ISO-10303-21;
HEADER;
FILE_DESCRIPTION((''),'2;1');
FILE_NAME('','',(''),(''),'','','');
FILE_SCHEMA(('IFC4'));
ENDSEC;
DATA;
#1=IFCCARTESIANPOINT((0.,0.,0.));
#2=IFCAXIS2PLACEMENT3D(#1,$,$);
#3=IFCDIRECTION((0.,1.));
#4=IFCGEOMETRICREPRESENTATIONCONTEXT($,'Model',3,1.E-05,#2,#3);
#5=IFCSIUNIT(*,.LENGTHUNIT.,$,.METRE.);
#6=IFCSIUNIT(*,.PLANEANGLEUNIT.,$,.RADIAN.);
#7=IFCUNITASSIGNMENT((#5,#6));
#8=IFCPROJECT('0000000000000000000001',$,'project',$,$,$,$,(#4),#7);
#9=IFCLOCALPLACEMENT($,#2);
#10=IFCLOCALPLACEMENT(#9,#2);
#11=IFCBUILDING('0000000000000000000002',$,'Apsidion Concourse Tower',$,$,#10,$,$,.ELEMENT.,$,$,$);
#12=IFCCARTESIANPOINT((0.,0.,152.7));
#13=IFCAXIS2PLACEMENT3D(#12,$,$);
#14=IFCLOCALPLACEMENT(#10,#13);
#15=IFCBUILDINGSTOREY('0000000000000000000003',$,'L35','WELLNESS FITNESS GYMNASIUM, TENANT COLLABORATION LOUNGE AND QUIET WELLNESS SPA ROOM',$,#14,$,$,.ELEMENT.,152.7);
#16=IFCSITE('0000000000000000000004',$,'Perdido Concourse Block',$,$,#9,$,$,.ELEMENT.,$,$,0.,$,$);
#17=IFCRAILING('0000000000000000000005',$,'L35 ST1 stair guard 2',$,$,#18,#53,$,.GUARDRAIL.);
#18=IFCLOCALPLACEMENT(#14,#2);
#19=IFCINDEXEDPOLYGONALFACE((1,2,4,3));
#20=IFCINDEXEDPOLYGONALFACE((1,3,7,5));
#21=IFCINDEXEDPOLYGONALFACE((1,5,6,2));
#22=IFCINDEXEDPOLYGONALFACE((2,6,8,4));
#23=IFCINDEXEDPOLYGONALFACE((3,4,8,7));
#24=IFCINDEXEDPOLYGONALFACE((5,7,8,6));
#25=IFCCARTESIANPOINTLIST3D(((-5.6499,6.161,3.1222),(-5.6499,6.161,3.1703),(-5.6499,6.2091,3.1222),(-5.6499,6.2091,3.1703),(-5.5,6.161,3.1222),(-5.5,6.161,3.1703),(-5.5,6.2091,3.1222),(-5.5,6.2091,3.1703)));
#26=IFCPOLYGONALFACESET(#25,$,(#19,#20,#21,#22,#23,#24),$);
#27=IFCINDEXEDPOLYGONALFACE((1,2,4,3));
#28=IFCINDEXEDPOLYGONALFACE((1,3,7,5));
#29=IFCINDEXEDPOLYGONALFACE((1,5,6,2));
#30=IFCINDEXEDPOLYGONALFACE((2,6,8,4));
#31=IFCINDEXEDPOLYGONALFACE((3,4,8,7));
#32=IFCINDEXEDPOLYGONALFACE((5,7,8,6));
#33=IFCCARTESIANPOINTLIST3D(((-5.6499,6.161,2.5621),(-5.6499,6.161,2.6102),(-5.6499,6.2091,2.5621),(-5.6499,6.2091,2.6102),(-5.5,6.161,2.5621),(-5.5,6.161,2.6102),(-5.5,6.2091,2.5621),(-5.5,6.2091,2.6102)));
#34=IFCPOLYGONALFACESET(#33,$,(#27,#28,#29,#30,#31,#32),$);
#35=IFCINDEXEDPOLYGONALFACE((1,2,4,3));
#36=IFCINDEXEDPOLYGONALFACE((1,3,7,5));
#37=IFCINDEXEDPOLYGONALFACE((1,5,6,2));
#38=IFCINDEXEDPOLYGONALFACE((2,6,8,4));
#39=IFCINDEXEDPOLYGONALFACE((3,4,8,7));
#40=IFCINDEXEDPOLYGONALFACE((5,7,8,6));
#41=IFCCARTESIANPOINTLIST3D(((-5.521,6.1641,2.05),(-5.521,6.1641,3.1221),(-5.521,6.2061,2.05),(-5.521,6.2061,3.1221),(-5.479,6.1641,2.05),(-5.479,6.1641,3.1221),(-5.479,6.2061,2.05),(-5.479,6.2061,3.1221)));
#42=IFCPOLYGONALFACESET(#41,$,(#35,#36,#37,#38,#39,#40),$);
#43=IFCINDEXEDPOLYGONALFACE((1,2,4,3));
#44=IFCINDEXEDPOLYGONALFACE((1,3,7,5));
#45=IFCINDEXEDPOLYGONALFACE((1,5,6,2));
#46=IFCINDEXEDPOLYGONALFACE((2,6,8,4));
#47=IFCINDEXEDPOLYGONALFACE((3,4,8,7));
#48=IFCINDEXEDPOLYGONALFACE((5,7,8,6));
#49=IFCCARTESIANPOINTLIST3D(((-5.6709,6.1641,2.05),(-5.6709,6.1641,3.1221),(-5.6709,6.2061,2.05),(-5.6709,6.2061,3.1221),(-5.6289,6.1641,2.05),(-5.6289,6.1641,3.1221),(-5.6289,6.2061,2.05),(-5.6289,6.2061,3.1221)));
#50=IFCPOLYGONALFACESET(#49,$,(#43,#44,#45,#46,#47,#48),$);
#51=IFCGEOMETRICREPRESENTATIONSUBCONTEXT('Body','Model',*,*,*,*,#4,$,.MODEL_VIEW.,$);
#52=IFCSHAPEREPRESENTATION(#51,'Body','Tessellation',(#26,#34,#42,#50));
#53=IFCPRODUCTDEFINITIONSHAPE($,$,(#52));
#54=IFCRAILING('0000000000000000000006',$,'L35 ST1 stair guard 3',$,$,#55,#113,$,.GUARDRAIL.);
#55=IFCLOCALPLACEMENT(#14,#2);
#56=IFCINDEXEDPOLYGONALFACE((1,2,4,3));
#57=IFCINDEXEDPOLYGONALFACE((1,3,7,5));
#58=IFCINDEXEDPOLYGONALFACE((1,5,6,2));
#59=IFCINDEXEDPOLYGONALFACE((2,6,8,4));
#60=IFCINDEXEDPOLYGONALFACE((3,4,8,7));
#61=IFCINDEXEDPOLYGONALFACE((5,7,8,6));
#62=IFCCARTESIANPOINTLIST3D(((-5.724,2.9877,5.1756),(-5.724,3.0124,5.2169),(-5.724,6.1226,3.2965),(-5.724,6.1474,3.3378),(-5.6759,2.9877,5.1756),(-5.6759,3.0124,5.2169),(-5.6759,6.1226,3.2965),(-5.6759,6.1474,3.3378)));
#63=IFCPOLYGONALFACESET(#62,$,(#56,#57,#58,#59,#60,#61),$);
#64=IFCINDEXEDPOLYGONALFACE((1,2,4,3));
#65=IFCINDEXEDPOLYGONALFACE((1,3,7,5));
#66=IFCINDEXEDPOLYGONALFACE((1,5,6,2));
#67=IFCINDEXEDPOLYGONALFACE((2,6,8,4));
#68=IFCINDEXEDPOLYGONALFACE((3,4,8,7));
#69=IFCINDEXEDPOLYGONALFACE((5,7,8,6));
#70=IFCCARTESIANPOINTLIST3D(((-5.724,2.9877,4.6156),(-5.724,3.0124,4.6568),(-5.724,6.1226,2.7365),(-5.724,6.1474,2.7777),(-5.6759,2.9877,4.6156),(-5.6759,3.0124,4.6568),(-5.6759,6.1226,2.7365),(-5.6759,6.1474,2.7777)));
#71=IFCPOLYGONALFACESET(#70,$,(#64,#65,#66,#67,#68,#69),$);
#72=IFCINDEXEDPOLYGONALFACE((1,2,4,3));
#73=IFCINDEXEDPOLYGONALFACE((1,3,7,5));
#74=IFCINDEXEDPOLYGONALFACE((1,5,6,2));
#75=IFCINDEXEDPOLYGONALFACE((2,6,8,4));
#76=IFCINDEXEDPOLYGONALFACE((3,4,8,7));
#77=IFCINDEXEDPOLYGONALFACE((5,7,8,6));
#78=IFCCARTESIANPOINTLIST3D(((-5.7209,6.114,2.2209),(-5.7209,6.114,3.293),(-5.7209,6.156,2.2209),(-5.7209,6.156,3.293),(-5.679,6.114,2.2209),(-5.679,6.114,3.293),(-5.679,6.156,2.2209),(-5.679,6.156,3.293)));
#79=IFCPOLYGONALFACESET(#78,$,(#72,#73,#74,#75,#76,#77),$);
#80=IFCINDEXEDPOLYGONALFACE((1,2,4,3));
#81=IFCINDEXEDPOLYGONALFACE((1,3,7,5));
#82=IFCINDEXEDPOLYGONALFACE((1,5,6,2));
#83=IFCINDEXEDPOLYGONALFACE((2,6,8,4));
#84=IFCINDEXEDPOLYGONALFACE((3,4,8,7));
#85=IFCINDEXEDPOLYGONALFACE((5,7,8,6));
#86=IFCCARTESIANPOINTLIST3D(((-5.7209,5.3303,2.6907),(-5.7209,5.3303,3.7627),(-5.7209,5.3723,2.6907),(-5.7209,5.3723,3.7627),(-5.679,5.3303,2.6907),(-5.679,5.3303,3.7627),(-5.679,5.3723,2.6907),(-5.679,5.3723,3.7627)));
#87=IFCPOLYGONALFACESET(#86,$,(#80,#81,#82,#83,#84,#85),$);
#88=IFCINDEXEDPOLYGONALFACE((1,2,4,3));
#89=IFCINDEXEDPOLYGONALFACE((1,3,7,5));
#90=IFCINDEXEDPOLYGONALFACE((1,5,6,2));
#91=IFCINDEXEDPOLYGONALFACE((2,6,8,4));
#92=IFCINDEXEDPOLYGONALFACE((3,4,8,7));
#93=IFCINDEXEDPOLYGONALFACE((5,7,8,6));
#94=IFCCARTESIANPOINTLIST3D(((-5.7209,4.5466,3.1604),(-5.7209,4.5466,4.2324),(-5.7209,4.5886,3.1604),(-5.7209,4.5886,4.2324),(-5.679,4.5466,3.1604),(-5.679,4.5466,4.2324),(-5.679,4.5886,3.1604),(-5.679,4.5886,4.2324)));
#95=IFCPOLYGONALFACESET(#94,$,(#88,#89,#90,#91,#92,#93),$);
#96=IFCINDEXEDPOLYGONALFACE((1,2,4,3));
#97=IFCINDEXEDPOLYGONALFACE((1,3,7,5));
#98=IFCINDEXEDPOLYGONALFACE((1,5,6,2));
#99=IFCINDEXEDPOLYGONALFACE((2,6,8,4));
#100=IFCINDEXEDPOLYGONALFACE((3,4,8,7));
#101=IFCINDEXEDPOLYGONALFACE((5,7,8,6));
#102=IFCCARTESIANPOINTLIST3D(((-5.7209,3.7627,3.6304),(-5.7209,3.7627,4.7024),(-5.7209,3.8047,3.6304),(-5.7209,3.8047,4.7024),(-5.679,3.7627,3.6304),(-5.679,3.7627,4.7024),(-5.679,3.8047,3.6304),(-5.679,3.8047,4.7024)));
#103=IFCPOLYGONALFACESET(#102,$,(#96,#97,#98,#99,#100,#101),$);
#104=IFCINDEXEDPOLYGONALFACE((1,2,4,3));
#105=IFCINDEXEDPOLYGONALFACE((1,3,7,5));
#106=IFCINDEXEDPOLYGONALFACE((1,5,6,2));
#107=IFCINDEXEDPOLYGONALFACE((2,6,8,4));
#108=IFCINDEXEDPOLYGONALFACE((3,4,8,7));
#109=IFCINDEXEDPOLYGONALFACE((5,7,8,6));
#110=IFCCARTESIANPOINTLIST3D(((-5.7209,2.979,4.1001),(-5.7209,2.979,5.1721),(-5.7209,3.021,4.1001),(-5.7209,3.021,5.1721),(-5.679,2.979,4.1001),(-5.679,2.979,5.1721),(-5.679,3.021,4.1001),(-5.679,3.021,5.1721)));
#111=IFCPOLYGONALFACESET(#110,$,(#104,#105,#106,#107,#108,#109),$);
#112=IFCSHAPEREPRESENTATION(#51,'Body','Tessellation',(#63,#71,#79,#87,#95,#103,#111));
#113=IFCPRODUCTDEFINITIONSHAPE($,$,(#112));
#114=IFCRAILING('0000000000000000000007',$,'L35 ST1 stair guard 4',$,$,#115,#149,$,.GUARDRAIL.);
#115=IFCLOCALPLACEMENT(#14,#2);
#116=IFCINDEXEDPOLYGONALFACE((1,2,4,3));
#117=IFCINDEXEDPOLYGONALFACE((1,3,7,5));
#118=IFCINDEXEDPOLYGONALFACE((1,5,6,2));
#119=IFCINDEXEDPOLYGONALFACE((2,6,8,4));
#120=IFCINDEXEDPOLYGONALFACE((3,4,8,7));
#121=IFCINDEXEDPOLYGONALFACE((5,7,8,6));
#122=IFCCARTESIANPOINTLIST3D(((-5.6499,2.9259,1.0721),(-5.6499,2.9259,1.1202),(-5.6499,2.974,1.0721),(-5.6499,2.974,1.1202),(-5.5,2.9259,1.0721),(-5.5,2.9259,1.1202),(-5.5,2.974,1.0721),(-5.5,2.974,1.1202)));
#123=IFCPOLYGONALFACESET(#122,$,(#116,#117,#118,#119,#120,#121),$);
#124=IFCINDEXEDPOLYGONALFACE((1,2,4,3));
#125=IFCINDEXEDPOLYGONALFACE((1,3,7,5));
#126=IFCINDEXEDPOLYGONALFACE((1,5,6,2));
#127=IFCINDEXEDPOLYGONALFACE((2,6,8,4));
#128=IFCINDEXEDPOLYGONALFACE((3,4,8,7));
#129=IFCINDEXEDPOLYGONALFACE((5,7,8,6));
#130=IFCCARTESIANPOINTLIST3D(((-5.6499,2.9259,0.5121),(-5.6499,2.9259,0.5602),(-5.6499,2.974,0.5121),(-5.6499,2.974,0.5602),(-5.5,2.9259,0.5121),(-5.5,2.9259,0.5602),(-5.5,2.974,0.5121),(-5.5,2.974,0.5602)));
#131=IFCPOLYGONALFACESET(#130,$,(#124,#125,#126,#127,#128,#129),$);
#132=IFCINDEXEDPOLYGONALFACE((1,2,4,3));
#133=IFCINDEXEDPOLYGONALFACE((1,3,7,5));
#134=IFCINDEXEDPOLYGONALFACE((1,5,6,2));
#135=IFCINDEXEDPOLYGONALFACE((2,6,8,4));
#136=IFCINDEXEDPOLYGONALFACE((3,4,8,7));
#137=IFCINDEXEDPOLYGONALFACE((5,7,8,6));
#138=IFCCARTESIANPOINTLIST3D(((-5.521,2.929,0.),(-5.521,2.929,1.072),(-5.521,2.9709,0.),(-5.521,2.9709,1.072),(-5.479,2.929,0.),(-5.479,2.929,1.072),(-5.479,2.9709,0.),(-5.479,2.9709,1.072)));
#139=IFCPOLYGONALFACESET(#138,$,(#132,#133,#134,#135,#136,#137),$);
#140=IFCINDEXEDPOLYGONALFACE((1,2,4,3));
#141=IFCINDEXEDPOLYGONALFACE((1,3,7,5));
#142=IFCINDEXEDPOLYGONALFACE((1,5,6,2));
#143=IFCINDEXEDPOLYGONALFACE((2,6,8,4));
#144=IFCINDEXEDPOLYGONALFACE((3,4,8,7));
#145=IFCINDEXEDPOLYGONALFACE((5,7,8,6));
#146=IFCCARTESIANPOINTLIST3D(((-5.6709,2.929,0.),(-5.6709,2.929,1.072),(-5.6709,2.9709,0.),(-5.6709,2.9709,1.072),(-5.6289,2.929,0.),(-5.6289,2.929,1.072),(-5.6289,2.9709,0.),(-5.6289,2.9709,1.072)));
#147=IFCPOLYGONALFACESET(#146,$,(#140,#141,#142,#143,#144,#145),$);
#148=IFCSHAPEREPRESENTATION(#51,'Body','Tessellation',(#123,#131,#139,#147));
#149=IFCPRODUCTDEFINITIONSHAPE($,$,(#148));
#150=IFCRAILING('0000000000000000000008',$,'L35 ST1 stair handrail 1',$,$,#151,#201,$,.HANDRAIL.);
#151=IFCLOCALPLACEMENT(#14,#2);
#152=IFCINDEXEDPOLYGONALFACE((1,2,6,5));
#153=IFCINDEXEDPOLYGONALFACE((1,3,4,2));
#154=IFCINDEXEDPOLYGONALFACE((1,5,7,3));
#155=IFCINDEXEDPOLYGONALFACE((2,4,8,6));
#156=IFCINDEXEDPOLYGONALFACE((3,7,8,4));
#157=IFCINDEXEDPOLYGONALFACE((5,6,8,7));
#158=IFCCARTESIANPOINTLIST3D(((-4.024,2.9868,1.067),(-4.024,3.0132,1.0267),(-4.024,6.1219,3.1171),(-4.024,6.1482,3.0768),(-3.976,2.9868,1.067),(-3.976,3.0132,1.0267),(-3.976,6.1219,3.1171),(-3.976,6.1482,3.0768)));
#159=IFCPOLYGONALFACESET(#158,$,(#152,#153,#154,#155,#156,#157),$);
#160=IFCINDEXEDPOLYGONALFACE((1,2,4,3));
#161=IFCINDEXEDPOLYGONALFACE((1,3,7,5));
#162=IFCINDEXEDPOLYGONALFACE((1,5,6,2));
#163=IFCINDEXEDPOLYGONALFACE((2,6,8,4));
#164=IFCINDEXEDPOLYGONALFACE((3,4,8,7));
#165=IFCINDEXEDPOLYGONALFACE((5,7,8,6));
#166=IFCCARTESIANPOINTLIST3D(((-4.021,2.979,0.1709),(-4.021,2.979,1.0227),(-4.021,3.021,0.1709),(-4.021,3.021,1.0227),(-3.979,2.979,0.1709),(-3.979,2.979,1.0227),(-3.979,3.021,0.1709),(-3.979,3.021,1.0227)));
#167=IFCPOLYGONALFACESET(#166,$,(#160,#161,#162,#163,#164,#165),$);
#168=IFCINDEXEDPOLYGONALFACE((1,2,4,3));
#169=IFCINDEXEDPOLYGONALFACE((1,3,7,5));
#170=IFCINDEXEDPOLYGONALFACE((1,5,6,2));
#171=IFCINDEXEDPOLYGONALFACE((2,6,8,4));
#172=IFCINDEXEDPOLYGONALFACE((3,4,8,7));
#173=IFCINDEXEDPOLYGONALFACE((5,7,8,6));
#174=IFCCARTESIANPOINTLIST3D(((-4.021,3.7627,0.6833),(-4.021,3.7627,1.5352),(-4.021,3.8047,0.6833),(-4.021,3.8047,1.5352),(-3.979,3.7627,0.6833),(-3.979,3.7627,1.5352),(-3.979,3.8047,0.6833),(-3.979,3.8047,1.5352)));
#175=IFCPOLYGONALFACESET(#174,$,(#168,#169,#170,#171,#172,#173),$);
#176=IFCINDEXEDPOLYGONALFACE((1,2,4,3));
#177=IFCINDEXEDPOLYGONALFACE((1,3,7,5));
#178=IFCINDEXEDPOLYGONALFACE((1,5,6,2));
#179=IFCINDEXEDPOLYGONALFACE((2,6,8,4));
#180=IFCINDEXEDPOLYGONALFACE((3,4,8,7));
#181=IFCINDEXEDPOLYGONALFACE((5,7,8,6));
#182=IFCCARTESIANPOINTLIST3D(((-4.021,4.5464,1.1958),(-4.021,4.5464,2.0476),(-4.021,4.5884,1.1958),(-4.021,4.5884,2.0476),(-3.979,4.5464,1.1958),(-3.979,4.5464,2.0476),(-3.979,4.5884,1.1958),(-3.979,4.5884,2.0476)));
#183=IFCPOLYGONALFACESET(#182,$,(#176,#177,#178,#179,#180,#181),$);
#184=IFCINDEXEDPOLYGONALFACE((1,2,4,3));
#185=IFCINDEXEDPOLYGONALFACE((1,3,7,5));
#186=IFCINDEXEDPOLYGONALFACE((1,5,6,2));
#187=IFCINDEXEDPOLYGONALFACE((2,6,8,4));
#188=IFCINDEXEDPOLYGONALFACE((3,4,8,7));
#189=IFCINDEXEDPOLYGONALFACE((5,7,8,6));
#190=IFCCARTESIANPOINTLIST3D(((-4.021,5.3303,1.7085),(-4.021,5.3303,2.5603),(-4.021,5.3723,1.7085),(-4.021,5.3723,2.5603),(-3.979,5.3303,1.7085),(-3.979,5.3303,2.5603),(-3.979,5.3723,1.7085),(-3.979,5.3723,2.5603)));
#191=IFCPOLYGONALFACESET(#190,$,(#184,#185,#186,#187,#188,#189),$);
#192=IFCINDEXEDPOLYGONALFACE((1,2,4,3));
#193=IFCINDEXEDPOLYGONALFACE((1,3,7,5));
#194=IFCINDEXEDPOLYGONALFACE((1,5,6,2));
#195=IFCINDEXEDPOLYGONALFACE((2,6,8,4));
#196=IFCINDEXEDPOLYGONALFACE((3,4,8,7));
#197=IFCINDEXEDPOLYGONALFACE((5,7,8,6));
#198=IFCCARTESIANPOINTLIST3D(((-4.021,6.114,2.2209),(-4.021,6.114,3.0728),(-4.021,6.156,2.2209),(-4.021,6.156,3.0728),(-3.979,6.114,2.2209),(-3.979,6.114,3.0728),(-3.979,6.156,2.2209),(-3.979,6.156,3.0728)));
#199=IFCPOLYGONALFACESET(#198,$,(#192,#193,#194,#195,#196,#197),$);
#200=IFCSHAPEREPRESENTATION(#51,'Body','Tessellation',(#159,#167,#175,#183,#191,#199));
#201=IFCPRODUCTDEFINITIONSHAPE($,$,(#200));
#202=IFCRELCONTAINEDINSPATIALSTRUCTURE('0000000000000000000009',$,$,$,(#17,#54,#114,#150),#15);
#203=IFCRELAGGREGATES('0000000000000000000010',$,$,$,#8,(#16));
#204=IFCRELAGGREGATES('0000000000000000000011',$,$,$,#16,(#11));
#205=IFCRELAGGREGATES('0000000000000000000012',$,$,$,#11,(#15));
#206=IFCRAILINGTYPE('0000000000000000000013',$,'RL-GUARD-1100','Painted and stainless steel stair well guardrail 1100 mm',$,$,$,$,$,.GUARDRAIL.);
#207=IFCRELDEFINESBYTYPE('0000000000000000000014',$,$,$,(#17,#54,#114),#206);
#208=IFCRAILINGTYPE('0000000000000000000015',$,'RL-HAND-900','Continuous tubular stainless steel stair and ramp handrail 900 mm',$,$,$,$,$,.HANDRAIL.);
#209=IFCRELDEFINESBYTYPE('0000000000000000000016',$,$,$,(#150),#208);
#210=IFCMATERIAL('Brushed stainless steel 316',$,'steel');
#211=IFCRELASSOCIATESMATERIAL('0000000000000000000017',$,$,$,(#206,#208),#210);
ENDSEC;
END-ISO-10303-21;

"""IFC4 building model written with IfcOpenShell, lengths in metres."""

from ifc_helpers import new_model, si_unit, direction, frame, origin, origin_2d, place, context, subcontext, project, spatial, rectangle, extrude, material, type_object, element, save


model = new_model("IFC4")

# Units and contexts
model_context = context("Model", 3, precision=1e-05, world=origin(), true_north=direction((0.0, 1.0)))
body_context = subcontext(model_context, "Body", "Model", "MODEL_VIEW")
ifc_project = project(units=[si_unit("LENGTHUNIT", "METRE"), si_unit("PLANEANGLEUNIT", "RADIAN")], contexts=[model_context])

# Site, building, storey
site_placement = place(None, origin())
site = spatial("IfcSite", under=ifc_project, at=site_placement, Name="Perdido Concourse Block", CompositionType="ELEMENT", RefElevation=0.0)
building_placement = place(site_placement, origin())
building = spatial("IfcBuilding", under=site, at=building_placement, Name="Apsidion Concourse Tower", CompositionType="ELEMENT")
storey_placement = place(building_placement, frame((0.0, 0.0, 152.7)))
storey = spatial("IfcBuildingStorey", under=building, at=storey_placement, Name="L35", Description="WELLNESS FITNESS GYMNASIUM, TENANT COLLABORATION LOUNGE AND QUIET WELLNESS SPA ROOM", CompositionType="ELEMENT", Elevation=152.7)

# Shared definitions
ifc_material_1 = material(Name="Brushed stainless steel 316", Category="steel")

# Railings
railing_type_1 = type_object("IfcRailingType", Name="RL-GUARD-1100", Description="Painted and stainless steel stair well guardrail 1100 mm", PredefinedType="GUARDRAIL", material=ifc_material_1)
railing_1_placement = place(storey_placement, frame((-5.5, 6.1851, 2.05)))
element("IfcRailing", 1, at=railing_1_placement, inside=storey, type_object=railing_type_1, Name="L35 ST1 stair guard 2", PredefinedType="GUARDRAIL", context=body_context, shape_type="SweptSolid", body=[
    extrude(rectangle(XDim=0.0481, YDim=0.0481, at=origin_2d()), frame((0.0, 0.0, 1.0962), z_axis=(-1.0, 0.0, 0.0), x_axis=(0.0, -1.0, 0.0)), (0.0, 0.0, 1.0), 0.1499),
    extrude(rectangle(XDim=0.0481, YDim=0.0481, at=origin_2d()), frame((0.0, 0.0, 0.5361), z_axis=(-1.0, 0.0, 0.0), x_axis=(0.0, -1.0, 0.0)), (0.0, 0.0, 1.0), 0.1499),
    extrude(rectangle(XDim=0.042, YDim=0.042, at=origin_2d()), origin(), (0.0, 0.0, 1.0), 1.072),
    extrude(rectangle(XDim=0.042, YDim=0.042, at=origin_2d()), frame((-0.1499, 0.0, 0.0)), (0.0, 0.0, 1.0), 1.072),
])
railing_2_placement = place(storey_placement, frame((-5.7, 6.135, 2.2209)))
element("IfcRailing", 2, at=railing_2_placement, inside=storey, type_object=railing_type_1, Name="L35 ST1 stair guard 3", PredefinedType="GUARDRAIL", context=body_context, shape_type="SweptSolid", body=[
    extrude(rectangle(XDim=0.0481, YDim=0.0481, at=origin_2d()), frame((0.0, 0.0, 1.0962), z_axis=(0.0, -0.857717, 0.514122), x_axis=(1.0, 0.0, 0.0)), (0.0, 0.0, 1.0), 3.655),
    extrude(rectangle(XDim=0.0481, YDim=0.0481, at=origin_2d()), frame((0.0, 0.0, 0.5361), z_axis=(0.0, -0.857717, 0.514122), x_axis=(1.0, 0.0, 0.0)), (0.0, 0.0, 1.0), 3.655),
    extrude(rectangle(XDim=0.042, YDim=0.042, at=origin_2d()), origin(), (0.0, 0.0, 1.0), 1.072),
    extrude(rectangle(XDim=0.042, YDim=0.042, at=origin_2d()), frame((0.0, -0.7837, 0.4697)), (0.0, 0.0, 1.0), 1.072),
    extrude(rectangle(XDim=0.042, YDim=0.042, at=origin_2d()), frame((0.0, -1.5674, 0.9395)), (0.0, 0.0, 1.0), 1.072),
    extrude(rectangle(XDim=0.042, YDim=0.042, at=origin_2d()), frame((0.0, -2.3513, 1.4094)), (0.0, 0.0, 1.0), 1.072),
    extrude(rectangle(XDim=0.042, YDim=0.042, at=origin_2d()), frame((0.0, -3.135, 1.8792)), (0.0, 0.0, 1.0), 1.072),
])
railing_3_placement = place(storey_placement, frame((-5.5, 2.95, 0.0)))
element("IfcRailing", 3, at=railing_3_placement, inside=storey, type_object=railing_type_1, Name="L35 ST1 stair guard 4", PredefinedType="GUARDRAIL", context=body_context, shape_type="SweptSolid", body=[
    extrude(rectangle(XDim=0.0481, YDim=0.0481, at=origin_2d()), frame((0.0, 0.0, 1.0962), z_axis=(-1.0, 0.0, 0.0), x_axis=(0.0, -1.0, 0.0)), (0.0, 0.0, 1.0), 0.1499),
    extrude(rectangle(XDim=0.0481, YDim=0.0481, at=origin_2d()), frame((0.0, 0.0, 0.5361), z_axis=(-1.0, 0.0, 0.0), x_axis=(0.0, -1.0, 0.0)), (0.0, 0.0, 1.0), 0.1499),
    extrude(rectangle(XDim=0.042, YDim=0.042, at=origin_2d()), origin(), (0.0, 0.0, 1.0), 1.072),
    extrude(rectangle(XDim=0.042, YDim=0.042, at=origin_2d()), frame((-0.1499, 0.0, 0.0)), (0.0, 0.0, 1.0), 1.072),
])
railing_type_2 = type_object("IfcRailingType", Name="RL-HAND-900", Description="Continuous tubular stainless steel stair and ramp handrail 900 mm", PredefinedType="HANDRAIL", material=ifc_material_1)
railing_4_placement = place(storey_placement, frame((-4.0, 3.0, 0.1709)))
element("IfcRailing", 4, at=railing_4_placement, inside=storey, type_object=railing_type_2, Name="L35 ST1 stair handrail 1", PredefinedType="HANDRAIL", context=body_context, shape_type="SweptSolid", body=[
    extrude(rectangle(XDim=0.0481, YDim=0.0481, at=origin_2d()), frame((0.0, 0.0, 0.876), z_axis=(0.0, 0.836941, 0.547293), x_axis=(-1.0, 0.0, 0.0)), (0.0, 0.0, 1.0), 3.7458),
    extrude(rectangle(XDim=0.042, YDim=0.042, at=origin_2d()), origin(), (0.0, 0.0, 1.0), 0.8518),
    extrude(rectangle(XDim=0.042, YDim=0.042, at=origin_2d()), frame((0.0, 0.7837, 0.5125)), (0.0, 0.0, 1.0), 0.8518),
    extrude(rectangle(XDim=0.042, YDim=0.042, at=origin_2d()), frame((0.0, 1.5674, 1.0249)), (0.0, 0.0, 1.0), 0.8518),
    extrude(rectangle(XDim=0.042, YDim=0.042, at=origin_2d()), frame((0.0, 2.3513, 1.5376)), (0.0, 0.0, 1.0), 0.8518),
    extrude(rectangle(XDim=0.042, YDim=0.042, at=origin_2d()), frame((0.0, 3.135, 2.05)), (0.0, 0.0, 1.0), 0.8518),
])

save(model, "model.ifc")
